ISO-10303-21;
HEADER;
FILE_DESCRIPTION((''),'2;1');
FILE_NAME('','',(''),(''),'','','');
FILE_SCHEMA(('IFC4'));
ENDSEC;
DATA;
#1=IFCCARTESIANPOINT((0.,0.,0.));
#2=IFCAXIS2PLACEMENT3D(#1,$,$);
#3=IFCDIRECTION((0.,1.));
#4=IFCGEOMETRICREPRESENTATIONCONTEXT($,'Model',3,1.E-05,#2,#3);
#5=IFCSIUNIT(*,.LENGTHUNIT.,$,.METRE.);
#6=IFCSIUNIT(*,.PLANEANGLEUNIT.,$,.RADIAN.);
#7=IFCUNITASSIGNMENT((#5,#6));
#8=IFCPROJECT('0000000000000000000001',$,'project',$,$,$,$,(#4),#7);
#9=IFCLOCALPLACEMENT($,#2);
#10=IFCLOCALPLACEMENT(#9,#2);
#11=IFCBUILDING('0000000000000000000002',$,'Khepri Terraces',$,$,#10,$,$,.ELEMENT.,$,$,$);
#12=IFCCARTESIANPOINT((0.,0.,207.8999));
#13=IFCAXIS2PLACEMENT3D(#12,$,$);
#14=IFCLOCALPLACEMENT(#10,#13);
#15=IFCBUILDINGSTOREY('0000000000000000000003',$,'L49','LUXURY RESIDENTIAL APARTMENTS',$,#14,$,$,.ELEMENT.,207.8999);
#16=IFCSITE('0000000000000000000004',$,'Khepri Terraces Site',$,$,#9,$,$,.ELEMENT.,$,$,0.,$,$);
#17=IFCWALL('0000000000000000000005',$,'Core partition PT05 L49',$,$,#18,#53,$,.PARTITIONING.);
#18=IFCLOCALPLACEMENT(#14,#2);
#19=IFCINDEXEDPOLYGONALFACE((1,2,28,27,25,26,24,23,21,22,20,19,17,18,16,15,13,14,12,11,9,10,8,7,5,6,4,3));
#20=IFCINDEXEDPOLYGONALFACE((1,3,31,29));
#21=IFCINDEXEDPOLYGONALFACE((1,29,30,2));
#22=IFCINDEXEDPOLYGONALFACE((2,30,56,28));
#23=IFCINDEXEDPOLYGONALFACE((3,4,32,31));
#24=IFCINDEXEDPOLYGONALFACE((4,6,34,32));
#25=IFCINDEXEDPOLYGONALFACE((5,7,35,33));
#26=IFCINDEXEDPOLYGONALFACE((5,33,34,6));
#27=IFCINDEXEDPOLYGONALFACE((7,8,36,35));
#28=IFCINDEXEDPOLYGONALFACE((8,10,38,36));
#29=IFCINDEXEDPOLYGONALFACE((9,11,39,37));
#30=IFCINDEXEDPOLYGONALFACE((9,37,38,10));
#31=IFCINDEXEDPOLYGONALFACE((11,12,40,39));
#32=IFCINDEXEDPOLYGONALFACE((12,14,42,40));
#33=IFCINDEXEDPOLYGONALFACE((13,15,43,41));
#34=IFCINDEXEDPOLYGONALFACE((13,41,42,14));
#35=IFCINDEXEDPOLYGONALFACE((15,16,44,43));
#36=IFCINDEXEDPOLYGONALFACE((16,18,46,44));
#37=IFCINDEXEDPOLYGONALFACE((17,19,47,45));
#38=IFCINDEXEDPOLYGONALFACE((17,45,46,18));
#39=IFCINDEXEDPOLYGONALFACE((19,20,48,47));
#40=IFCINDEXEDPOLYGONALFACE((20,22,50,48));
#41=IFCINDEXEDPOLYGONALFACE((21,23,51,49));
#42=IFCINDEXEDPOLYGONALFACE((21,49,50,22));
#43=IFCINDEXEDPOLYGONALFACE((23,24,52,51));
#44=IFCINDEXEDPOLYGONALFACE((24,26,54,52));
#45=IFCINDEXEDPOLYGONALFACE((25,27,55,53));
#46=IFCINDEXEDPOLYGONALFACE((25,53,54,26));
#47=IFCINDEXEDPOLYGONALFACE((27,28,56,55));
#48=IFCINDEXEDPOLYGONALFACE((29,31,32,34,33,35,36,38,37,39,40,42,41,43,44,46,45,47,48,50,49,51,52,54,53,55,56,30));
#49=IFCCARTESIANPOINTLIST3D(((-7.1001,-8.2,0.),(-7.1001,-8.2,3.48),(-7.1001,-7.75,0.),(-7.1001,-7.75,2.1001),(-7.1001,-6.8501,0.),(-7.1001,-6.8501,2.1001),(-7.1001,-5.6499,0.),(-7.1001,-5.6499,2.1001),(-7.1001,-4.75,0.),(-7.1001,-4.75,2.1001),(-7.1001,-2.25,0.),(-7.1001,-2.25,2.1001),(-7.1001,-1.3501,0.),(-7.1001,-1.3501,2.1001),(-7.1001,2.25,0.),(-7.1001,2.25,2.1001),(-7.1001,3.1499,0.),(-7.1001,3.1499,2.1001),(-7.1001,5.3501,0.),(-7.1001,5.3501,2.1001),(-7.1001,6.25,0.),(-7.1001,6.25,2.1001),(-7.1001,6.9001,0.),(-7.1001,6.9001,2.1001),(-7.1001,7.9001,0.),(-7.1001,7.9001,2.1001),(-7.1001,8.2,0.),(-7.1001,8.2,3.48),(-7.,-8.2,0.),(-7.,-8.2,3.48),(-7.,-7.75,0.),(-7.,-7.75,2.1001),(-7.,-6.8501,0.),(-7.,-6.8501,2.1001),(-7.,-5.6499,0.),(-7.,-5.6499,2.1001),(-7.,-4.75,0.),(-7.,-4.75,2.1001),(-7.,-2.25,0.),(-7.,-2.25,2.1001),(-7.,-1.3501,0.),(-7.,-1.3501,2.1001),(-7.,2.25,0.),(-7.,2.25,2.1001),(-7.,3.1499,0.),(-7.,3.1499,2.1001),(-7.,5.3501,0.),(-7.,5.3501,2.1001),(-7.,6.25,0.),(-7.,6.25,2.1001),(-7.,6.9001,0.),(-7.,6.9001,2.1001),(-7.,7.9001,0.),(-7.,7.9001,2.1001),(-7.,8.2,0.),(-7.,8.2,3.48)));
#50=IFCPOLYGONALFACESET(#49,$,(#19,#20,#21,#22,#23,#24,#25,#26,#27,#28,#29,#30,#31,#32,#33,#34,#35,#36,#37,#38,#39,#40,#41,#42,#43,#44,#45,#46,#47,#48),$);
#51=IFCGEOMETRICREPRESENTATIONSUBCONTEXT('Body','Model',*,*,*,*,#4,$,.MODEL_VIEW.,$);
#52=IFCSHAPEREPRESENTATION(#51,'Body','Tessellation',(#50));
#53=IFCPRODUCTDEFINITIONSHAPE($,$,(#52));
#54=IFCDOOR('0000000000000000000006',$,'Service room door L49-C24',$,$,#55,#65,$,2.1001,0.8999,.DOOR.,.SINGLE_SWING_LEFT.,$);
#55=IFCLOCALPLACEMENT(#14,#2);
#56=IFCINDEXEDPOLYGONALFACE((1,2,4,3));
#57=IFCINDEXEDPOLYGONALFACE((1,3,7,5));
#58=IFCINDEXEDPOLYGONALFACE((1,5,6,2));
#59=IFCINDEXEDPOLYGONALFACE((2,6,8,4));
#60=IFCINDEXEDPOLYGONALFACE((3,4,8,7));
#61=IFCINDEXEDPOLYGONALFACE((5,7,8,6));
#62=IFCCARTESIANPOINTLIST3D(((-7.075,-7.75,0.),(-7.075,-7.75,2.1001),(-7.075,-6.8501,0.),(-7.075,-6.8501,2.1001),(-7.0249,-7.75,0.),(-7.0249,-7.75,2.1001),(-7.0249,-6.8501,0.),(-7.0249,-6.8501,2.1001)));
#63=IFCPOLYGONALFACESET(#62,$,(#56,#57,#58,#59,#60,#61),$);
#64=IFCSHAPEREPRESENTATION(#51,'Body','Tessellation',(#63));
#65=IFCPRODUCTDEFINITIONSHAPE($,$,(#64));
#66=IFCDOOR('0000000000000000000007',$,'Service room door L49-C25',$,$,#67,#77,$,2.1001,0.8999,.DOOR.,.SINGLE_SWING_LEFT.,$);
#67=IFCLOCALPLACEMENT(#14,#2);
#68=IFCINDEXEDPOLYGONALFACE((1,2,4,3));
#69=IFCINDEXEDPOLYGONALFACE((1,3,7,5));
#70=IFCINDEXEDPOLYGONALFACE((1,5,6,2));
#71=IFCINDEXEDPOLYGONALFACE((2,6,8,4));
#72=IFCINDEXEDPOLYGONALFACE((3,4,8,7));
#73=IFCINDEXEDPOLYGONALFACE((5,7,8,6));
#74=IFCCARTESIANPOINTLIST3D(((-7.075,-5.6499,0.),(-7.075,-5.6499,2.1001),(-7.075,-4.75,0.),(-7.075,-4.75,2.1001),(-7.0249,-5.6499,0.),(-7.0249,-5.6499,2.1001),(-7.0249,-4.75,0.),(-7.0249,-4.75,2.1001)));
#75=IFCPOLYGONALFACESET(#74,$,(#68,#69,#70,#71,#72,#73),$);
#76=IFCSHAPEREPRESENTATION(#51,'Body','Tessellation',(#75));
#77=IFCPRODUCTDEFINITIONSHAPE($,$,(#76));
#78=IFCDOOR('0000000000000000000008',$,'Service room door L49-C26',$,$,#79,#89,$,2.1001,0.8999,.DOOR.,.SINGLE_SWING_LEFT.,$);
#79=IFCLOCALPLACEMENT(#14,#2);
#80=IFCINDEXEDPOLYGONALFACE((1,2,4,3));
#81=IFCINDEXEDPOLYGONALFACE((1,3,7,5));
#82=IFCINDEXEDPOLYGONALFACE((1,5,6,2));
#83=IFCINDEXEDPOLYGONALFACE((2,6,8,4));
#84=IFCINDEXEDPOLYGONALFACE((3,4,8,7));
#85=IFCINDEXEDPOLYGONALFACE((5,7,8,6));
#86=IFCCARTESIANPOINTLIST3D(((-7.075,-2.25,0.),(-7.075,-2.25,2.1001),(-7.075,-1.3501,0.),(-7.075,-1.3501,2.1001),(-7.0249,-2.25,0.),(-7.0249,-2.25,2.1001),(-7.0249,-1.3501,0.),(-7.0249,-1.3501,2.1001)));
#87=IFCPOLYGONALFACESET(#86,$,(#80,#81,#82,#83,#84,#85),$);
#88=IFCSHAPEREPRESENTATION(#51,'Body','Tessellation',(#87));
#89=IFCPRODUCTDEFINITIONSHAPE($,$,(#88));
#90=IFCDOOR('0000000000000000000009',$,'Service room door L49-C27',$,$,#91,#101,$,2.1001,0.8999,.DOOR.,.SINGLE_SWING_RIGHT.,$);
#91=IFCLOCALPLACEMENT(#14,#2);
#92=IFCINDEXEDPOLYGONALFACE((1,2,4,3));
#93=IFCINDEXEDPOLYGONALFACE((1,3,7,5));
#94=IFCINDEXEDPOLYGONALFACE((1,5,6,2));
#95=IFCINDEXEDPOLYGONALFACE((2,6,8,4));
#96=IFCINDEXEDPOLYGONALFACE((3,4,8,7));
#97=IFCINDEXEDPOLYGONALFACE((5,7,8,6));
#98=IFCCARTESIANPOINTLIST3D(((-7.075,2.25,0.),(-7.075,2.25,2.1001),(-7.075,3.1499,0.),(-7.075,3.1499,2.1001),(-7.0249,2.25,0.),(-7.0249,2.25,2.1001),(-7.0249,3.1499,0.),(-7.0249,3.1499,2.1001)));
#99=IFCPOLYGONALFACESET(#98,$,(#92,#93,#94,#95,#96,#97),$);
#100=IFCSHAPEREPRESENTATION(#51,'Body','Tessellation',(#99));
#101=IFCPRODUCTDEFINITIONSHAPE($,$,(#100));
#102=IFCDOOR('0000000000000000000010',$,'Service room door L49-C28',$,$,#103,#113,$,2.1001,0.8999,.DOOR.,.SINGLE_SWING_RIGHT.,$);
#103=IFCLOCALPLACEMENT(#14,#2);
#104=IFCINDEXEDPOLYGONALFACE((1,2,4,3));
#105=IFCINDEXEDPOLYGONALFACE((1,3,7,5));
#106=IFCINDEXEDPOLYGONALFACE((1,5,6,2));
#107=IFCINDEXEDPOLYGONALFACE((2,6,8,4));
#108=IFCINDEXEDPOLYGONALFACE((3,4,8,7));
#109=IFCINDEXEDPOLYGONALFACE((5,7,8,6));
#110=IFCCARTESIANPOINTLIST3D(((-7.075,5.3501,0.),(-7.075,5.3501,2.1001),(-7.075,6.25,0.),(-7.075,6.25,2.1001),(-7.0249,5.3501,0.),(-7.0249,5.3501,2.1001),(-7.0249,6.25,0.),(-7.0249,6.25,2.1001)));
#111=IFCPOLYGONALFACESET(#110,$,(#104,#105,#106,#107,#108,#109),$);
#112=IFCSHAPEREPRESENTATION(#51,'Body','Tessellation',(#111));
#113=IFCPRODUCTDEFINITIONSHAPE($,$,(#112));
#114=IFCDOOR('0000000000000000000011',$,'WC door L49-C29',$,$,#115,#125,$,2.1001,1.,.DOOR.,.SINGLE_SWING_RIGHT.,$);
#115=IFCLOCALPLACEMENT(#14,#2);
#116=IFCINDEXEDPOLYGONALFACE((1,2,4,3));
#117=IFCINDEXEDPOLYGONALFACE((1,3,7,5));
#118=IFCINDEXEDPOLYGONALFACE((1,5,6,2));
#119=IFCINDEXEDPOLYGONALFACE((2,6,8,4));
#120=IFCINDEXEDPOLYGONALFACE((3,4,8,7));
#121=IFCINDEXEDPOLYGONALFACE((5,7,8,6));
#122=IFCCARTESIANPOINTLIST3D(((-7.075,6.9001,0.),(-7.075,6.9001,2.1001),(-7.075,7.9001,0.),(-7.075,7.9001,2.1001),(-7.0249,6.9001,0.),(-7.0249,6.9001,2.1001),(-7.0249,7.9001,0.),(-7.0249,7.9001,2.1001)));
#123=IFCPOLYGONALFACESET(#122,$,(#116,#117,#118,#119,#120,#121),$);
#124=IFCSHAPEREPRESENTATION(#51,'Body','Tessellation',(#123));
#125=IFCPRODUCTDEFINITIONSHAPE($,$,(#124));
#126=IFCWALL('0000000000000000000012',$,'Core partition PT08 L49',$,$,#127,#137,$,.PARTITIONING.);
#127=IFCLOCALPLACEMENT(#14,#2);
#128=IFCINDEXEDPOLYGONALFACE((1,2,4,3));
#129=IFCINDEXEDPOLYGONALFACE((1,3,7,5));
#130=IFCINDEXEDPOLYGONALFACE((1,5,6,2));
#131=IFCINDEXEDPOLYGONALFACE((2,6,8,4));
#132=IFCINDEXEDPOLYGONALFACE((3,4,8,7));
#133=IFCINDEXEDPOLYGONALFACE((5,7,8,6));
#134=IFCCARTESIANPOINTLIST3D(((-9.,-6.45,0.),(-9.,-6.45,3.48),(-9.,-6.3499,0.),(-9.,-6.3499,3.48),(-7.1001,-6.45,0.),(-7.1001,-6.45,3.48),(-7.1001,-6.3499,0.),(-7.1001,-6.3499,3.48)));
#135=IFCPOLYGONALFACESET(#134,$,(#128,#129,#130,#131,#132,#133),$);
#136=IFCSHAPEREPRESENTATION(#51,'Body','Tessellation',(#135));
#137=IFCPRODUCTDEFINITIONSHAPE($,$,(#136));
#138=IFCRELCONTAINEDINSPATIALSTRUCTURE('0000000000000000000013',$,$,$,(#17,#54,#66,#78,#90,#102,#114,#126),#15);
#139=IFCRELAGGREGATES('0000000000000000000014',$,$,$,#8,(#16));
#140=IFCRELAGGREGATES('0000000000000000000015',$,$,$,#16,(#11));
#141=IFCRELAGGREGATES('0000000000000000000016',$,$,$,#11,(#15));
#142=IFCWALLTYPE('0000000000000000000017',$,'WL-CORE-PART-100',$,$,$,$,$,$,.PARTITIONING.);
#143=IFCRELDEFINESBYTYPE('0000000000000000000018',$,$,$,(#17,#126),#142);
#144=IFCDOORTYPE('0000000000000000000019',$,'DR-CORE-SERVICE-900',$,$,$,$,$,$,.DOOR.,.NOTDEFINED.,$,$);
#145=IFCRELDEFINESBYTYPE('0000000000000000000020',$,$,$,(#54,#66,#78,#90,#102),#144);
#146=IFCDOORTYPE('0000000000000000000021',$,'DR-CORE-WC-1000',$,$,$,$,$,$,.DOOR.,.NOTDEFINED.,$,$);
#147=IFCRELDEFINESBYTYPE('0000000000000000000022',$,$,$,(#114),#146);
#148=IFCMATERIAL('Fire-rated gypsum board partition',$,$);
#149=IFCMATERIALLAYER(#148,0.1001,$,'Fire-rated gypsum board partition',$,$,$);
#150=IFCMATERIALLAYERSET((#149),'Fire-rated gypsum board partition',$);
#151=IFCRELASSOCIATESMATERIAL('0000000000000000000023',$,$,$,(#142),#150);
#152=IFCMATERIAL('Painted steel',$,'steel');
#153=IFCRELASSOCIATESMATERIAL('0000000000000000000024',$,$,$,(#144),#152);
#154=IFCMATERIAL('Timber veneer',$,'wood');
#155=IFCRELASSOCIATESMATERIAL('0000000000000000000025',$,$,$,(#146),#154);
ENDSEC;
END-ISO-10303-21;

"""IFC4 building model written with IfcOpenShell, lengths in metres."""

from ifc_helpers import new_model, si_unit, direction, frame, frame_2d, origin, place, context, subcontext, project, spatial, rectangle, extrude, material, layer, layer_set, type_object, element, fill, save


model = new_model("IFC4")

# Units and contexts
model_context = context("Model", 3, precision=1e-05, world=origin(), true_north=direction((0.0, 1.0)))
body_context = subcontext(model_context, "Body", "Model", "MODEL_VIEW")
ifc_project = project(units=[si_unit("LENGTHUNIT", "METRE"), si_unit("PLANEANGLEUNIT", "RADIAN")], contexts=[model_context])

# Site, building, storey
site_placement = place(None, origin())
site = spatial("IfcSite", under=ifc_project, at=site_placement, Name="Khepri Terraces Site", CompositionType="ELEMENT", RefElevation=0.0)
building_placement = place(site_placement, origin())
building = spatial("IfcBuilding", under=site, at=building_placement, Name="Khepri Terraces", CompositionType="ELEMENT")
storey_placement = place(building_placement, frame((0.0, 0.0, 207.8999)))
storey = spatial("IfcBuildingStorey", under=building, at=storey_placement, Name="L49", Description="LUXURY RESIDENTIAL APARTMENTS", CompositionType="ELEMENT", Elevation=207.8999)

# Shared definitions
ifc_material_1 = material(Name="Painted steel", Category="steel")

# Wall, openings, doors
ifc_material_2 = material(Name="Fire-rated gypsum board partition")
ifc_layer_1 = layer(ifc_material_2, 0.1001, Name="Fire-rated gypsum board partition")
ifc_layer_set_1 = layer_set([ifc_layer_1], Name="Fire-rated gypsum board partition")
wall_type_1 = type_object("IfcWallType", Name="WL-CORE-PART-100", PredefinedType="PARTITIONING", material=ifc_layer_set_1)
wall_1_placement = place(storey_placement, frame((-7.05, -8.2, 0.0), z_axis=(0.0, 0.0, 1.0), x_axis=(0.0, 1.0, 0.0)))
wall_1 = element("IfcWall", 1, at=wall_1_placement, inside=storey, type_object=wall_type_1, Name="Core partition PT05 L49", PredefinedType="PARTITIONING", context=body_context, shape_type="SweptSolid", body=[
    extrude(rectangle(XDim=16.3999, YDim=0.1001, at=frame_2d((8.2, 0.0))), origin(), (0.0, 0.0, 1.0), 3.48),
])
opening_1_placement = place(wall_1_placement, frame((0.45, 0.0, 0.0)))
opening_1 = element("IfcOpeningElement", 2, at=opening_1_placement, cuts=wall_1, PredefinedType="OPENING", context=body_context, shape_type="SweptSolid", body=[
    extrude(rectangle(XDim=0.8999, YDim=2.1001, at=frame_2d((0.45, 1.05))), frame((0.0, 0.0601, 0.0), z_axis=(0.0, -1.0, 0.0), x_axis=(1.0, 0.0, 0.0)), (0.0, 0.0, 1.0), 0.1201),
])
opening_2_placement = place(wall_1_placement, frame((2.55, 0.0, 0.0)))
opening_2 = element("IfcOpeningElement", 3, at=opening_2_placement, cuts=wall_1, PredefinedType="OPENING", context=body_context, shape_type="SweptSolid", body=[
    extrude(rectangle(XDim=0.8999, YDim=2.1001, at=frame_2d((0.45, 1.05))), frame((0.0, 0.0601, 0.0), z_axis=(0.0, -1.0, 0.0), x_axis=(1.0, 0.0, 0.0)), (0.0, 0.0, 1.0), 0.1201),
])
opening_3_placement = place(wall_1_placement, frame((5.95, 0.0, 0.0)))
opening_3 = element("IfcOpeningElement", 4, at=opening_3_placement, cuts=wall_1, PredefinedType="OPENING", context=body_context, shape_type="SweptSolid", body=[
    extrude(rectangle(XDim=0.8999, YDim=2.1001, at=frame_2d((0.45, 1.05))), frame((0.0, 0.0601, 0.0), z_axis=(0.0, -1.0, 0.0), x_axis=(1.0, 0.0, 0.0)), (0.0, 0.0, 1.0), 0.1201),
])
opening_4_placement = place(wall_1_placement, frame((10.45, 0.0, 0.0)))
opening_4 = element("IfcOpeningElement", 5, at=opening_4_placement, cuts=wall_1, PredefinedType="OPENING", context=body_context, shape_type="SweptSolid", body=[
    extrude(rectangle(XDim=0.8999, YDim=2.1001, at=frame_2d((0.45, 1.05))), frame((0.0, 0.0601, 0.0), z_axis=(0.0, -1.0, 0.0), x_axis=(1.0, 0.0, 0.0)), (0.0, 0.0, 1.0), 0.1201),
])
opening_5_placement = place(wall_1_placement, frame((13.55, 0.0, 0.0)))
opening_5 = element("IfcOpeningElement", 6, at=opening_5_placement, cuts=wall_1, PredefinedType="OPENING", context=body_context, shape_type="SweptSolid", body=[
    extrude(rectangle(XDim=0.8999, YDim=2.1001, at=frame_2d((0.45, 1.05))), frame((0.0, 0.0601, 0.0), z_axis=(0.0, -1.0, 0.0), x_axis=(1.0, 0.0, 0.0)), (0.0, 0.0, 1.0), 0.1201),
])
opening_6_placement = place(wall_1_placement, frame((15.1001, 0.0, 0.0)))
opening_6 = element("IfcOpeningElement", 7, at=opening_6_placement, cuts=wall_1, PredefinedType="OPENING", context=body_context, shape_type="SweptSolid", body=[
    extrude(rectangle(XDim=1.0, YDim=2.1001, at=frame_2d((0.5, 1.05))), frame((0.0, 0.0601, 0.0), z_axis=(0.0, -1.0, 0.0), x_axis=(1.0, 0.0, 0.0)), (0.0, 0.0, 1.0), 0.1201),
])
door_type_1 = type_object("IfcDoorType", Name="DR-CORE-SERVICE-900", OperationType="NOTDEFINED", PredefinedType="DOOR", material=ifc_material_1)
door_1_placement = place(opening_1_placement, origin())
door_1 = element("IfcDoor", 8, at=door_1_placement, inside=storey, type_object=door_type_1, Name="Service room door L49-C24", OperationType="SINGLE_SWING_LEFT", OverallHeight=2.1001, OverallWidth=0.8999, PredefinedType="DOOR", context=body_context, shape_type="SweptSolid", body=[
    extrude(rectangle(XDim=0.8999, YDim=2.1001, at=frame_2d((0.45, 1.05))), frame((0.0, 0.0249, 0.0), z_axis=(0.0, -1.0, 0.0), x_axis=(1.0, 0.0, 0.0)), (0.0, 0.0, 1.0), 0.05),
])
fill(opening_1, door_1)
door_2_placement = place(opening_2_placement, origin())
door_2 = element("IfcDoor", 9, at=door_2_placement, inside=storey, type_object=door_type_1, Name="Service room door L49-C25", OperationType="SINGLE_SWING_LEFT", OverallHeight=2.1001, OverallWidth=0.8999, PredefinedType="DOOR", context=body_context, shape_type="SweptSolid", body=[
    extrude(rectangle(XDim=0.8999, YDim=2.1001, at=frame_2d((0.45, 1.05))), frame((0.0, 0.0249, 0.0), z_axis=(0.0, -1.0, 0.0), x_axis=(1.0, 0.0, 0.0)), (0.0, 0.0, 1.0), 0.05),
])
fill(opening_2, door_2)
door_3_placement = place(opening_3_placement, origin())
door_3 = element("IfcDoor", 10, at=door_3_placement, inside=storey, type_object=door_type_1, Name="Service room door L49-C26", OperationType="SINGLE_SWING_LEFT", OverallHeight=2.1001, OverallWidth=0.8999, PredefinedType="DOOR", context=body_context, shape_type="SweptSolid", body=[
    extrude(rectangle(XDim=0.8999, YDim=2.1001, at=frame_2d((0.45, 1.05))), frame((0.0, 0.0249, 0.0), z_axis=(0.0, -1.0, 0.0), x_axis=(1.0, 0.0, 0.0)), (0.0, 0.0, 1.0), 0.05),
])
fill(opening_3, door_3)
door_4_placement = place(opening_4_placement, origin())
door_4 = element("IfcDoor", 11, at=door_4_placement, inside=storey, type_object=door_type_1, Name="Service room door L49-C27", OperationType="SINGLE_SWING_RIGHT", OverallHeight=2.1001, OverallWidth=0.8999, PredefinedType="DOOR", context=body_context, shape_type="SweptSolid", body=[
    extrude(rectangle(XDim=0.8999, YDim=2.1001, at=frame_2d((0.45, 1.05))), frame((0.0, 0.0249, 0.0), z_axis=(0.0, -1.0, 0.0), x_axis=(1.0, 0.0, 0.0)), (0.0, 0.0, 1.0), 0.05),
])
fill(opening_4, door_4)
door_5_placement = place(opening_5_placement, origin())
door_5 = element("IfcDoor", 12, at=door_5_placement, inside=storey, type_object=door_type_1, Name="Service room door L49-C28", OperationType="SINGLE_SWING_RIGHT", OverallHeight=2.1001, OverallWidth=0.8999, PredefinedType="DOOR", context=body_context, shape_type="SweptSolid", body=[
    extrude(rectangle(XDim=0.8999, YDim=2.1001, at=frame_2d((0.45, 1.05))), frame((0.0, 0.0249, 0.0), z_axis=(0.0, -1.0, 0.0), x_axis=(1.0, 0.0, 0.0)), (0.0, 0.0, 1.0), 0.05),
])
fill(opening_5, door_5)
ifc_material_3 = material(Name="Timber veneer", Category="wood")
door_type_2 = type_object("IfcDoorType", Name="DR-CORE-WC-1000", OperationType="NOTDEFINED", PredefinedType="DOOR", material=ifc_material_3)
door_6_placement = place(opening_6_placement, origin())
door_6 = element("IfcDoor", 13, at=door_6_placement, inside=storey, type_object=door_type_2, Name="WC door L49-C29", OperationType="SINGLE_SWING_RIGHT", OverallHeight=2.1001, OverallWidth=1.0, PredefinedType="DOOR", context=body_context, shape_type="SweptSolid", body=[
    extrude(rectangle(XDim=1.0, YDim=2.1001, at=frame_2d((0.5, 1.05))), frame((0.0, 0.0249, 0.0), z_axis=(0.0, -1.0, 0.0), x_axis=(1.0, 0.0, 0.0)), (0.0, 0.0, 1.0), 0.05),
])
fill(opening_6, door_6)

# Wall
wall_2_placement = place(storey_placement, frame((-9.0, -6.3999, 0.0), z_axis=(0.0, 0.0, 1.0), x_axis=(1.0, 0.0, 0.0)))
element("IfcWall", 14, at=wall_2_placement, inside=storey, type_object=wall_type_1, Name="Core partition PT08 L49", PredefinedType="PARTITIONING", context=body_context, shape_type="SweptSolid", body=[
    extrude(rectangle(XDim=1.8999, YDim=0.1001, at=frame_2d((0.95, 0.0))), origin(), (0.0, 0.0, 1.0), 3.48),
])

save(model, "model.ifc")
